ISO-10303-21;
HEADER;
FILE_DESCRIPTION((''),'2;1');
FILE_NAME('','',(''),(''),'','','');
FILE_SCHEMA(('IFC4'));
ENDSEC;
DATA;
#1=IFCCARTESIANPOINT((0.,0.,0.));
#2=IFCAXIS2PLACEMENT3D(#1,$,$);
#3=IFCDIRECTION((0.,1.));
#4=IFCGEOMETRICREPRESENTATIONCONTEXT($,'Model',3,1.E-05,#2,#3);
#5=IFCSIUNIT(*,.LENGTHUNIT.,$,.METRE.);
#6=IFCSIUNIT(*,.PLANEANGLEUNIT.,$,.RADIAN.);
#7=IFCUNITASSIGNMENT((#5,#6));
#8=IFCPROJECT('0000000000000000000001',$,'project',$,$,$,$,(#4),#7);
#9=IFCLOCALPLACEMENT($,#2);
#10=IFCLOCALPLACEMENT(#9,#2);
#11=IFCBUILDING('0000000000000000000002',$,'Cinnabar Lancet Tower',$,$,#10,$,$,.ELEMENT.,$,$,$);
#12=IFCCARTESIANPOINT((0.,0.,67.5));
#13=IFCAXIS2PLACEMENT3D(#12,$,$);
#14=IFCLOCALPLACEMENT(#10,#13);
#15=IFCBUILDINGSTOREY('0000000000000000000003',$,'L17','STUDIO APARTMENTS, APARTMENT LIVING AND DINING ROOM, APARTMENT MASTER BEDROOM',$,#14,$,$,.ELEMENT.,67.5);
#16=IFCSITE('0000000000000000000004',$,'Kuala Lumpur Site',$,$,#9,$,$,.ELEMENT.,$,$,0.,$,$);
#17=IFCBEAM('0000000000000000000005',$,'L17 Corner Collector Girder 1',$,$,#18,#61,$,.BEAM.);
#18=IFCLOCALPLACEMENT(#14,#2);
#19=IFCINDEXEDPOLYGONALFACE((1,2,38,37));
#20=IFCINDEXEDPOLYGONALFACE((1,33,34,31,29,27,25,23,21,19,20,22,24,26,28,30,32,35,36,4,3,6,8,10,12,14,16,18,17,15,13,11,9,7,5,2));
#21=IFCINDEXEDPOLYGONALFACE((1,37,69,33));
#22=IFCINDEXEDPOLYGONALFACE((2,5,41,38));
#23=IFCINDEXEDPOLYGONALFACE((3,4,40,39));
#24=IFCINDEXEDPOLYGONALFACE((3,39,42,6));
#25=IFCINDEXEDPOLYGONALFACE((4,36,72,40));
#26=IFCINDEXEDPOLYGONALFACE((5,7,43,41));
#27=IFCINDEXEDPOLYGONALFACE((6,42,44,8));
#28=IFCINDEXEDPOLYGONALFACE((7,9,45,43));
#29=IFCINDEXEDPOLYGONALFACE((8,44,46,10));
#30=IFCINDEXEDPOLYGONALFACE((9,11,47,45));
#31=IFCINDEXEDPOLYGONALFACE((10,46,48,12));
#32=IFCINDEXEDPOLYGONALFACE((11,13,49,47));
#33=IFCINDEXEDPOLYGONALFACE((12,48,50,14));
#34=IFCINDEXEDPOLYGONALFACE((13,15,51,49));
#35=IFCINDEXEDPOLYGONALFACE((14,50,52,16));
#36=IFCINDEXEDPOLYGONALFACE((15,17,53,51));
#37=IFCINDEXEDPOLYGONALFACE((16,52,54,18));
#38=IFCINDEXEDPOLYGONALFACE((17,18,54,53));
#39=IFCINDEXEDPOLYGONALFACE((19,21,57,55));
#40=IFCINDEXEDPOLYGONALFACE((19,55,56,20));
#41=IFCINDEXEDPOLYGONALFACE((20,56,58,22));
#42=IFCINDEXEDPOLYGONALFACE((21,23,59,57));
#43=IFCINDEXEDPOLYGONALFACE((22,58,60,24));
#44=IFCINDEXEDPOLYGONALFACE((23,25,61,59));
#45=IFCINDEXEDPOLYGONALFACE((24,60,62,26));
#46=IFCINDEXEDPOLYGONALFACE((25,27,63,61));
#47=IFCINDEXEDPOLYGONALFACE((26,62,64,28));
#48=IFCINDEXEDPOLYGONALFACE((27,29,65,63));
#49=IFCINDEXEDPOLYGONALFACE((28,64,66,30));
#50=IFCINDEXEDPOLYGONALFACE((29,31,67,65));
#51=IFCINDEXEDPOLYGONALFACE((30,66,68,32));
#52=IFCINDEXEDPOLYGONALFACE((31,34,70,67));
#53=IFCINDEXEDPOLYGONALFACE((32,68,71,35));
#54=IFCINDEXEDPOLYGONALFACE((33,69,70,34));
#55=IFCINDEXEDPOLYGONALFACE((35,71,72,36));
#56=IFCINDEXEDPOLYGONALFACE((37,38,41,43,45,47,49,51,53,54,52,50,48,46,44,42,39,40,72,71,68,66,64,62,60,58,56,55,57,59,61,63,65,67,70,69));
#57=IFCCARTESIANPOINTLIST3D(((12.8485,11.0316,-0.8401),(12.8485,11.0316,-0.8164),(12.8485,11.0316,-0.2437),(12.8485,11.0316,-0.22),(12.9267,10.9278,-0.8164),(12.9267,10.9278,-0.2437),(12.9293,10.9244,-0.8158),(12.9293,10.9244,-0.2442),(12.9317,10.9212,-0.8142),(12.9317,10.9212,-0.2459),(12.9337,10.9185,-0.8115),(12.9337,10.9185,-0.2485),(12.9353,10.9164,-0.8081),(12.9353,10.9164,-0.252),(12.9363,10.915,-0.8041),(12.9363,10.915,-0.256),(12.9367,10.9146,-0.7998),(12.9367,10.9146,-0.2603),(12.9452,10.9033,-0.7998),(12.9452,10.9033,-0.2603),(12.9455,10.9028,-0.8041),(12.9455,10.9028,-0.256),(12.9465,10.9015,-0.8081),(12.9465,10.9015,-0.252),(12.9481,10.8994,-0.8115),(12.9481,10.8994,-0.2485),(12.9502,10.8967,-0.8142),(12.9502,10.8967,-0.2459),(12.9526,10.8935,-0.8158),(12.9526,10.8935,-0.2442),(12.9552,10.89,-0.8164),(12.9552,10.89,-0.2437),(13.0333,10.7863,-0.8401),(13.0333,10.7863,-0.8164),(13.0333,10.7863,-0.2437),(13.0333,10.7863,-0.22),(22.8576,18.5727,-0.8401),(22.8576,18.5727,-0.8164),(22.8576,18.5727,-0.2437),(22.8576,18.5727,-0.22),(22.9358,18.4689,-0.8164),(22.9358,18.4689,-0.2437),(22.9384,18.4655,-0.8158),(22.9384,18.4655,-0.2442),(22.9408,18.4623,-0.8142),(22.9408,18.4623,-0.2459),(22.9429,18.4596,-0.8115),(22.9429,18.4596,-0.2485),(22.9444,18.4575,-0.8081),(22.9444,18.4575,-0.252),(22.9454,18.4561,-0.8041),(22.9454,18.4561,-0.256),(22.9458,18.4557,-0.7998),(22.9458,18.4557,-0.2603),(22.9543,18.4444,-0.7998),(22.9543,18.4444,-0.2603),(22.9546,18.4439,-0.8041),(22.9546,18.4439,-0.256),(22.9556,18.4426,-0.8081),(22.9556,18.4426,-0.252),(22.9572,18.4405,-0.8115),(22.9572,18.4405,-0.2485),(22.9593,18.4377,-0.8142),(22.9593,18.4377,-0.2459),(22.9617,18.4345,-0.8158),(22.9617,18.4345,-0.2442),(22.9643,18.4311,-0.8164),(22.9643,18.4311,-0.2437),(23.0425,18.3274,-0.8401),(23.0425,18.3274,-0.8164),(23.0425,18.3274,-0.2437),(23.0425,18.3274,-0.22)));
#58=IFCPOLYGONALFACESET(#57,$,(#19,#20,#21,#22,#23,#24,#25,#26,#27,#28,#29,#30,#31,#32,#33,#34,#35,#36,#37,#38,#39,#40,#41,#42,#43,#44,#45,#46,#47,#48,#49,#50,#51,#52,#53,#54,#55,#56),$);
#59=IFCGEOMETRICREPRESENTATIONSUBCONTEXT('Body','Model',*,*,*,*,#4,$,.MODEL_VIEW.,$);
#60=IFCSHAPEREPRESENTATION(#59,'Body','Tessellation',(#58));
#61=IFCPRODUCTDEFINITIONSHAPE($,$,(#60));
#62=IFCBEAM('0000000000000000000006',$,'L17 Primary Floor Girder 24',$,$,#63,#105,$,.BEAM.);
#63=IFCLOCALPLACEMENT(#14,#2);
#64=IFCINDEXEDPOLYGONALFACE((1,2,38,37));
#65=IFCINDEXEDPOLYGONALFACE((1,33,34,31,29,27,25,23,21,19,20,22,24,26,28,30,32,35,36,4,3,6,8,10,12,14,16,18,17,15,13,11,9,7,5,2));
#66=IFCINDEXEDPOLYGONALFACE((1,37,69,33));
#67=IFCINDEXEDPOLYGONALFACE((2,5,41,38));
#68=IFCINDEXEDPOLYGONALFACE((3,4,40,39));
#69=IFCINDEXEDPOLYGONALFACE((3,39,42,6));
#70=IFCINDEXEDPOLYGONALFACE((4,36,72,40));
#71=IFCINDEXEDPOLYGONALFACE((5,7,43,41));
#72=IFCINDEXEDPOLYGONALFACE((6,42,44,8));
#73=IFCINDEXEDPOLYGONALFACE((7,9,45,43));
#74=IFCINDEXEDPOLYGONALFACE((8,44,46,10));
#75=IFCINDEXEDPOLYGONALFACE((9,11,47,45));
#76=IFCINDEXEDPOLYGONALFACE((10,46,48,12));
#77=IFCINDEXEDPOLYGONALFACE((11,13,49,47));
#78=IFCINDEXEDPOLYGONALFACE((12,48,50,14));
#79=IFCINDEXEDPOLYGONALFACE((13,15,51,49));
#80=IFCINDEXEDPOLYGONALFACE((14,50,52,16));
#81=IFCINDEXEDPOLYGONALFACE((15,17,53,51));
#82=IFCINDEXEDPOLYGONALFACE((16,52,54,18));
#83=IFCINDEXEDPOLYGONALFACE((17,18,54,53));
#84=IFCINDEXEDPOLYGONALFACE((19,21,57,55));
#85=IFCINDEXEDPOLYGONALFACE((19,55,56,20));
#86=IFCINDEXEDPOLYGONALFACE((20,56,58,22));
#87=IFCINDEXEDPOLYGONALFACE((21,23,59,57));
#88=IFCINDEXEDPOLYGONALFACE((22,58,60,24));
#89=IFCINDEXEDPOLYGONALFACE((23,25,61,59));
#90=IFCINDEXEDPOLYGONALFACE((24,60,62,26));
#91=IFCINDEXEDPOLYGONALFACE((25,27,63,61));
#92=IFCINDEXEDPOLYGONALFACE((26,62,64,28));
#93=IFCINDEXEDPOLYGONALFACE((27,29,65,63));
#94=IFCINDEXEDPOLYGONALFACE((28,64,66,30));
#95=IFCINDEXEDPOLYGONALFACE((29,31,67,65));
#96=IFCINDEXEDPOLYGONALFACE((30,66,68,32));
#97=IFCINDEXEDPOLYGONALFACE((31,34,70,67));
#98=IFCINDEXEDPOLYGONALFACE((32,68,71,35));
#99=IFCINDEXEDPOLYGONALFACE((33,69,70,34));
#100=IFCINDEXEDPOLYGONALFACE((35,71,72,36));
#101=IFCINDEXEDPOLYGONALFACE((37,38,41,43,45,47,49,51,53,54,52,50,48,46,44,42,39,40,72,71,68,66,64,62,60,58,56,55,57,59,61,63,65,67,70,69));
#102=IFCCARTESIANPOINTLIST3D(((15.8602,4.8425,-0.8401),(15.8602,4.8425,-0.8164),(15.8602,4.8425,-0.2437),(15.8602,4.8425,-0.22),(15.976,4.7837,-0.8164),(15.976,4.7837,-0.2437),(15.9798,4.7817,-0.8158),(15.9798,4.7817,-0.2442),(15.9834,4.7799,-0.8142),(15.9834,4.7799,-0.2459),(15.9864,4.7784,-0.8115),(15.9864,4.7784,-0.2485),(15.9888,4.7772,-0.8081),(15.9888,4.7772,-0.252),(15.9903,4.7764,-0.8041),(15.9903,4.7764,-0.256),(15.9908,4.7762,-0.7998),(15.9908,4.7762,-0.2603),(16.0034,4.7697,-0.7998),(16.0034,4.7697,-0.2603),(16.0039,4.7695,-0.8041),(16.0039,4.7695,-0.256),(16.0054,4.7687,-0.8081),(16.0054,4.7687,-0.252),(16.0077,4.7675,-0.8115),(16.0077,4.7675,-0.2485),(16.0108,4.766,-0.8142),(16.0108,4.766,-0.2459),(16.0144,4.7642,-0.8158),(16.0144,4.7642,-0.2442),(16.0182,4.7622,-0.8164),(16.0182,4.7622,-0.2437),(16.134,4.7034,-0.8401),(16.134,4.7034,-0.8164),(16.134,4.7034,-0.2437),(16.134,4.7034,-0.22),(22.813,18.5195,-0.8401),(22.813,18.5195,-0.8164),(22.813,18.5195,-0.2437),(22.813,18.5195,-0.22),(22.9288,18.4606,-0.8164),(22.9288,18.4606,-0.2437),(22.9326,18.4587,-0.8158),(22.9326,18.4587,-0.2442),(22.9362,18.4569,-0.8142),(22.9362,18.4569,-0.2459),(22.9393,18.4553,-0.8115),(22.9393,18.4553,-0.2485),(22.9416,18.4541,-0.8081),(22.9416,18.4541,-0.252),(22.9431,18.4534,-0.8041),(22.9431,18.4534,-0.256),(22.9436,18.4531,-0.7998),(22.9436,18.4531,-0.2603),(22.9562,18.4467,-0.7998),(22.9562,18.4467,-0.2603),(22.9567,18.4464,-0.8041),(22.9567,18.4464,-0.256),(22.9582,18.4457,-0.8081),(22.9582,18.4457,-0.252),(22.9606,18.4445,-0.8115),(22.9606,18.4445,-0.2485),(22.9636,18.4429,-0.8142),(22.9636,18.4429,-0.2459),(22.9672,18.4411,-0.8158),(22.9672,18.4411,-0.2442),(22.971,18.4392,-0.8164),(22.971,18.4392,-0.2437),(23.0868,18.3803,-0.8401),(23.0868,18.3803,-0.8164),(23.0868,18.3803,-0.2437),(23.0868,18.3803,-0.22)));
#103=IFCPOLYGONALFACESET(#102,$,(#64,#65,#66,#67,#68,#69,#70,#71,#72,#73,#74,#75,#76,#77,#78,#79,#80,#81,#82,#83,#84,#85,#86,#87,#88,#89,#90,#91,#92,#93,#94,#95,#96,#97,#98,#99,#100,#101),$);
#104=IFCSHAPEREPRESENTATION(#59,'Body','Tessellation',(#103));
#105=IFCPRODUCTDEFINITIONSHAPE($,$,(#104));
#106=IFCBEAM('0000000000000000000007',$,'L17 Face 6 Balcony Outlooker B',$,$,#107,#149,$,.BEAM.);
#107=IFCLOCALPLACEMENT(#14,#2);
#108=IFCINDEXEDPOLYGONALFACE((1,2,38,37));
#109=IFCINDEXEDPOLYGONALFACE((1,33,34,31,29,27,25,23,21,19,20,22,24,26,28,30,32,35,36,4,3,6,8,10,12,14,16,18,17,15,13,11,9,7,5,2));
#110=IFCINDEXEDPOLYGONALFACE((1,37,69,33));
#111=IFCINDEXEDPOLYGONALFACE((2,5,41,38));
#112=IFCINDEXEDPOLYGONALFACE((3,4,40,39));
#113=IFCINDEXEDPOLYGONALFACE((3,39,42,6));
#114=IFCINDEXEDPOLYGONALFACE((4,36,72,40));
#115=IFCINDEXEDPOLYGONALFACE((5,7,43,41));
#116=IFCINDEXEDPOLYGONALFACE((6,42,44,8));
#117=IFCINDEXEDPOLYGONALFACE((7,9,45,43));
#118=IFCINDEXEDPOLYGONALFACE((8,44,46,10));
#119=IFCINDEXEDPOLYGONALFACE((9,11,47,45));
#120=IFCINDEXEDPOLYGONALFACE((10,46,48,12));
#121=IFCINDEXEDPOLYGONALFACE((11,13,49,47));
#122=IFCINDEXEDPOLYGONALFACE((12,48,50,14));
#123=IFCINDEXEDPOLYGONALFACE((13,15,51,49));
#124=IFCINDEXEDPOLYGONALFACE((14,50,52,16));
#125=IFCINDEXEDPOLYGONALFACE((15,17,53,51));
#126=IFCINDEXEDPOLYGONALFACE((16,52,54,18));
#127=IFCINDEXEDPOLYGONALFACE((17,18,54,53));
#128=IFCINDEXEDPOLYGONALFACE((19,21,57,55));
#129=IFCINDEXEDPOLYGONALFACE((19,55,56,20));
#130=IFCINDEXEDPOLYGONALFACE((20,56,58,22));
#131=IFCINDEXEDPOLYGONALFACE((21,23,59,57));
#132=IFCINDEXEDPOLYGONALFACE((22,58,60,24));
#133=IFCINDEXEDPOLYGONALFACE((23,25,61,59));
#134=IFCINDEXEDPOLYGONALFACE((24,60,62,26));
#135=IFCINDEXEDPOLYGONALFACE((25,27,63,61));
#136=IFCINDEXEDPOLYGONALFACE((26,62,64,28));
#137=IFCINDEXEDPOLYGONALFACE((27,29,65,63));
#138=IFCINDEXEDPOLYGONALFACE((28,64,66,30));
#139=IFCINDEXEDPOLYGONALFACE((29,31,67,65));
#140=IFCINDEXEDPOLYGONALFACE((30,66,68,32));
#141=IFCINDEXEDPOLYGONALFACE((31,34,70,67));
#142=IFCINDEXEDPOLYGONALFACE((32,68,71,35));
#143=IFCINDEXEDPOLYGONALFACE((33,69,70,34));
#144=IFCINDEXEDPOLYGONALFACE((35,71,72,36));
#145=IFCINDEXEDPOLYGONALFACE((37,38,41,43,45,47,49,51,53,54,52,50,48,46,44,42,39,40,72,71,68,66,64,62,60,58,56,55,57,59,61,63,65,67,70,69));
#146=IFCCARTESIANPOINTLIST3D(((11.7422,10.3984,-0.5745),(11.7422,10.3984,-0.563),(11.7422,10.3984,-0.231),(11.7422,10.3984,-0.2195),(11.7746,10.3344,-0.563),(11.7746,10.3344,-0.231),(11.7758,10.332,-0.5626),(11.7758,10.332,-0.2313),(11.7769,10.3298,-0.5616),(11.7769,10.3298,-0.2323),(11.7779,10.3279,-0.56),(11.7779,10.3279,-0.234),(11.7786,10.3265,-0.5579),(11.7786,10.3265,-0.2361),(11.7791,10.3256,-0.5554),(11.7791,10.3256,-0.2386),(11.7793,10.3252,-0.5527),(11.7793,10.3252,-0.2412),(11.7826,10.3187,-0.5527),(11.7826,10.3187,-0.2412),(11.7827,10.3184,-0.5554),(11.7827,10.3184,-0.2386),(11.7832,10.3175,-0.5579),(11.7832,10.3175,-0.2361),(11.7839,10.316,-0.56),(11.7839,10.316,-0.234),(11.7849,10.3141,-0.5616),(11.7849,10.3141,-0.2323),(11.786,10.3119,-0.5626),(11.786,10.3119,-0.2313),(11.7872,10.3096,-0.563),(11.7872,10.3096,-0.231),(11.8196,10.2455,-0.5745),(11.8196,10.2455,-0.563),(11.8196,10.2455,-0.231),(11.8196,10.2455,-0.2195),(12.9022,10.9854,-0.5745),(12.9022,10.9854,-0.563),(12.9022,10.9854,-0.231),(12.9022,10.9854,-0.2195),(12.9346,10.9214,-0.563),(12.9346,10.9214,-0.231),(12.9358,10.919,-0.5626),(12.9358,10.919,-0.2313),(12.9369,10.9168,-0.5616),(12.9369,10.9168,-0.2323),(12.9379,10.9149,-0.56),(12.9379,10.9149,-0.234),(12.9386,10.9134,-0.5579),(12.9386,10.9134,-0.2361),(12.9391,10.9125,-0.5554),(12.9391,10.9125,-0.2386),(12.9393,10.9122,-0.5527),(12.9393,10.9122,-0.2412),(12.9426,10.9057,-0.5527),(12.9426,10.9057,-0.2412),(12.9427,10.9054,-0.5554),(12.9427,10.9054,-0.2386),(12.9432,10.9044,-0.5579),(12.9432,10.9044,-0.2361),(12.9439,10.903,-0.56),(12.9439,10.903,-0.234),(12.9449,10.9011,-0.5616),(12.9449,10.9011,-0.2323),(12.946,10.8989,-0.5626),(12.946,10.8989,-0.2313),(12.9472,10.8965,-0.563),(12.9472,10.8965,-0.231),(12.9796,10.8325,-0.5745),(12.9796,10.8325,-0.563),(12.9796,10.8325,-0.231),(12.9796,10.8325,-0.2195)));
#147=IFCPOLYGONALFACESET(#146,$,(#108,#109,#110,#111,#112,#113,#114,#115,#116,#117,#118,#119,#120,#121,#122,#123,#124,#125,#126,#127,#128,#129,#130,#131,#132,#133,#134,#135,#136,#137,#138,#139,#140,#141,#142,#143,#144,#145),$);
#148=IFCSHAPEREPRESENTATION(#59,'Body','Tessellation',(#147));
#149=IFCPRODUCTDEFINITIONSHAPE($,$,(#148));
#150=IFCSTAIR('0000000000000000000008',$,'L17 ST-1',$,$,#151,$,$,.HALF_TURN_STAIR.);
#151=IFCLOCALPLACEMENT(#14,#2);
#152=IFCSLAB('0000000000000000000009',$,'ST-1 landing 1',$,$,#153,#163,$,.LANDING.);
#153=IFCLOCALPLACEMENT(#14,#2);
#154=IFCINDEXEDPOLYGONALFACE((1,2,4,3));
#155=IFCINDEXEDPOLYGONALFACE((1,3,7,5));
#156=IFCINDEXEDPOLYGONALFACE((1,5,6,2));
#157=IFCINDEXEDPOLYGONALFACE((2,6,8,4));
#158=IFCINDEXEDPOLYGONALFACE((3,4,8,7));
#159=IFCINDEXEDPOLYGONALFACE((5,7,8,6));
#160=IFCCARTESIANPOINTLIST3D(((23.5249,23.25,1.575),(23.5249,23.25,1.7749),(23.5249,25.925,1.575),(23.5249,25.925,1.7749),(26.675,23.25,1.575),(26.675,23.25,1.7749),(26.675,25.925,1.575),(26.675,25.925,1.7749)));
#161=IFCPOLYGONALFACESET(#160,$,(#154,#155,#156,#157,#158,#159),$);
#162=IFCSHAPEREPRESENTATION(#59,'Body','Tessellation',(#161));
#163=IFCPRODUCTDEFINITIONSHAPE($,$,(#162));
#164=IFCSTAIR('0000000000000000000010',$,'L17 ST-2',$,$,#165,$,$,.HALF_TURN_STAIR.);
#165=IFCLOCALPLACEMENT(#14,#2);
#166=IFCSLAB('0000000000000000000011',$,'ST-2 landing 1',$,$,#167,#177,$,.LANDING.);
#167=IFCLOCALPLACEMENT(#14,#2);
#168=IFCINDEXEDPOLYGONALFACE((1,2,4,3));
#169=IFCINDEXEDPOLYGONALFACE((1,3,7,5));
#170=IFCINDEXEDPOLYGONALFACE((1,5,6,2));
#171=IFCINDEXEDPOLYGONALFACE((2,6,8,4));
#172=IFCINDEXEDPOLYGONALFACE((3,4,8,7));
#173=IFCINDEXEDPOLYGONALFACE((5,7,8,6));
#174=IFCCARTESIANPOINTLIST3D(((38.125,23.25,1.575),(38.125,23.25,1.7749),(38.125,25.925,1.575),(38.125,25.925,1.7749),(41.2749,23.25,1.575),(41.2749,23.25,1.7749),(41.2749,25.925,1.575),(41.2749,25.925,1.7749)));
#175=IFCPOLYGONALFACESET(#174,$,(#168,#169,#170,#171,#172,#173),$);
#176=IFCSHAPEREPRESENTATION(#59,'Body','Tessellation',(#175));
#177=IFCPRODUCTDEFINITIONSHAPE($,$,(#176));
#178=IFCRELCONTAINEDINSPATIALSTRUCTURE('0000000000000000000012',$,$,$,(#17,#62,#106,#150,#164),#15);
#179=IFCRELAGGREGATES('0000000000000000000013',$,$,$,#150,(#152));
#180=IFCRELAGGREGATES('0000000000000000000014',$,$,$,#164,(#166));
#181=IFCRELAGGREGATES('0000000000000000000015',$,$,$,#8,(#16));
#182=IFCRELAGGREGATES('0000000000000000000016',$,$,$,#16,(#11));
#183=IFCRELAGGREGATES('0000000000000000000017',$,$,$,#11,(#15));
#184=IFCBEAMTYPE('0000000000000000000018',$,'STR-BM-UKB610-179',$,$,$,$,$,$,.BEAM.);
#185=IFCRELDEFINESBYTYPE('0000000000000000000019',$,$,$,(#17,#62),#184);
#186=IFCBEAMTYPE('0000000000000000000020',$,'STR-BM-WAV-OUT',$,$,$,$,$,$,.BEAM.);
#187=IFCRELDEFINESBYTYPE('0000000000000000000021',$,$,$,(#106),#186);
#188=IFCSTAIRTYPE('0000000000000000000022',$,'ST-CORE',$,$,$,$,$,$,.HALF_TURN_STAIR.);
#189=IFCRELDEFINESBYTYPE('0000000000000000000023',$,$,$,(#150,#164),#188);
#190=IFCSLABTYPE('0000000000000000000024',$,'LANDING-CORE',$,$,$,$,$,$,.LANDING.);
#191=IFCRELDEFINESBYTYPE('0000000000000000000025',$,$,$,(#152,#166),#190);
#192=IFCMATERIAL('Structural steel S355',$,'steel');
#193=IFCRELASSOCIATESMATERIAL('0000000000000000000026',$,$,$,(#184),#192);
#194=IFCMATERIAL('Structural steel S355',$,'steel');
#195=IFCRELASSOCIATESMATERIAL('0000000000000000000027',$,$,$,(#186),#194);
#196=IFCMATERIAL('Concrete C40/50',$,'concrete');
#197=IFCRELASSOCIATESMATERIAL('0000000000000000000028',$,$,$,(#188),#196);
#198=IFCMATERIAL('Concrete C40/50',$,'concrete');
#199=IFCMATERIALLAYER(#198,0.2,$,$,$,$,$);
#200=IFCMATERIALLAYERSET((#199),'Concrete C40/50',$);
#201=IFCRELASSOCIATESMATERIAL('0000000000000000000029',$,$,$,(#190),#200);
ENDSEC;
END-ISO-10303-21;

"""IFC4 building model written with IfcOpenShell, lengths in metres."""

from ifc_helpers import new_model, si_unit, direction, frame, origin, origin_2d, place, context, subcontext, project, spatial, polyline, i_section, outline, extrude, material, layer, layer_set, material_profile, profile_set, type_object, element, aggregate, save


model = new_model("IFC4")

# Units and contexts
model_context = context("Model", 3, precision=1e-05, world=origin(), true_north=direction((0.0, 1.0)))
body_context = subcontext(model_context, "Body", "Model", "MODEL_VIEW")
ifc_project = project(units=[si_unit("LENGTHUNIT", "METRE"), si_unit("PLANEANGLEUNIT", "RADIAN")], contexts=[model_context])

# Site, building, storey
site_placement = place(None, origin())
site = spatial("IfcSite", under=ifc_project, at=site_placement, Name="Kuala Lumpur Site", CompositionType="ELEMENT", RefElevation=0.0)
building_placement = place(site_placement, origin())
building = spatial("IfcBuilding", under=site, at=building_placement, Name="Cinnabar Lancet Tower", CompositionType="ELEMENT")
storey_placement = place(building_placement, frame((0.0, 0.0, 67.5)))
storey = spatial("IfcBuildingStorey", under=building, at=storey_placement, Name="L17", Description="STUDIO APARTMENTS, APARTMENT LIVING AND DINING ROOM, APARTMENT MASTER BEDROOM", CompositionType="ELEMENT", Elevation=67.5)

# Beams
ifc_material_1 = material(Name="Structural steel S355", Category="steel")
ifc_material_profile_1 = material_profile(ifc_material_1, i_section(OverallWidth=0.3071, OverallDepth=0.6201, WebThickness=0.0142, FlangeThickness=0.0237, FilletRadius=0.0166, at=origin_2d()), Name="UKB 610x305x179")
ifc_profile_set_1 = profile_set([ifc_material_profile_1], Name="Structural steel S355")
beam_type_1 = type_object("IfcBeamType", Name="STR-BM-UKB610-179", PredefinedType="BEAM", material=ifc_profile_set_1)
beam_1_placement = place(storey_placement, frame((12.9409, 10.9089, -0.53), z_axis=(0.798687, 0.601747, 0.0), x_axis=(-0.601747, 0.798687, 0.0)))
element("IfcBeam", 1, at=beam_1_placement, inside=storey, type_object=beam_type_1, Name="L17 Corner Collector Girder 1", PredefinedType="BEAM", context=body_context, shape_type="SweptSolid", body=[
    extrude(i_section(OverallWidth=0.3071, OverallDepth=0.6201, WebThickness=0.0142, FlangeThickness=0.0237, FilletRadius=0.0166, at=origin_2d()), origin(), (0.0, 0.0, 1.0), 12.532),
])
beam_2_placement = place(storey_placement, frame((15.9971, 4.7729, -0.53), z_axis=(0.453168, 0.891425, 0.0), x_axis=(-0.891425, 0.453168, 0.0)))
element("IfcBeam", 2, at=beam_2_placement, inside=storey, type_object=beam_type_1, Name="L17 Primary Floor Girder 24", PredefinedType="BEAM", context=body_context, shape_type="SweptSolid", body=[
    extrude(i_section(OverallWidth=0.3071, OverallDepth=0.6201, WebThickness=0.0142, FlangeThickness=0.0237, FilletRadius=0.0166, at=origin_2d()), origin(), (0.0, 0.0, 1.0), 15.3428),
])
ifc_material_2 = material(Name="Structural steel S355", Category="steel")
ifc_material_profile_2 = material_profile(ifc_material_2, i_section(OverallWidth=0.1714, OverallDepth=0.355, WebThickness=0.0073, FlangeThickness=0.0115, FilletRadius=0.0103, at=origin_2d()), Name="UKB 356x171x51")
ifc_profile_set_2 = profile_set([ifc_material_profile_2], Name="Structural steel S355")
beam_type_2 = type_object("IfcBeamType", Name="STR-BM-WAV-OUT", PredefinedType="BEAM", material=ifc_profile_set_2)
beam_3_placement = place(storey_placement, frame((12.9409, 10.9089, -0.397), z_axis=(-0.892276, -0.45149, 0.0), x_axis=(0.45149, -0.892276, 0.0)))
element("IfcBeam", 3, at=beam_3_placement, inside=storey, type_object=beam_type_2, Name="L17 Face 6 Balcony Outlooker B", PredefinedType="BEAM", context=body_context, shape_type="SweptSolid", body=[
    extrude(i_section(OverallWidth=0.1714, OverallDepth=0.355, WebThickness=0.0073, FlangeThickness=0.0115, FilletRadius=0.0103, at=origin_2d()), origin(), (0.0, 0.0, 1.0), 1.3),
])

# Stairs, slabs
ifc_material_3 = material(Name="Concrete C40/50", Category="concrete")
stair_type = type_object("IfcStairType", Name="ST-CORE", PredefinedType="HALF_TURN_STAIR", material=ifc_material_3)
stair_1_placement = place(storey_placement, origin())
stair_1 = element("IfcStair", 4, at=stair_1_placement, inside=storey, type_object=stair_type, Name="L17 ST-1", PredefinedType="HALF_TURN_STAIR")
ifc_material_4 = material(Name="Concrete C40/50", Category="concrete")
ifc_layer_1 = layer(ifc_material_4, 0.2)
ifc_layer_set_1 = layer_set([ifc_layer_1], Name="Concrete C40/50")
slab_type_1 = type_object("IfcSlabType", Name="LANDING-CORE", PredefinedType="LANDING", material=ifc_layer_set_1)
slab_1_placement = place(storey_placement, frame((0.0, 0.0, 1.575)))
slab_1 = element("IfcSlab", 5, at=slab_1_placement, type_object=slab_type_1, Name="ST-1 landing 1", PredefinedType="LANDING", context=body_context, shape_type="SweptSolid", body=[
    extrude(outline(polyline([(23.5249, 25.925), (23.5249, 23.25), (26.675, 23.25), (26.675, 25.925), (23.5249, 25.925)])), origin(), (0.0, 0.0, 1.0), 0.2),
])
aggregate(stair_1, [slab_1])
stair_2_placement = place(storey_placement, origin())
stair_2 = element("IfcStair", 6, at=stair_2_placement, inside=storey, type_object=stair_type, Name="L17 ST-2", PredefinedType="HALF_TURN_STAIR")
slab_2_placement = place(storey_placement, frame((0.0, 0.0, 1.575)))
slab_2 = element("IfcSlab", 7, at=slab_2_placement, type_object=slab_type_1, Name="ST-2 landing 1", PredefinedType="LANDING", context=body_context, shape_type="SweptSolid", body=[
    extrude(outline(polyline([(38.125, 25.925), (38.125, 23.25), (41.2749, 23.25), (41.2749, 25.925), (38.125, 25.925)])), origin(), (0.0, 0.0, 1.0), 0.2),
])
aggregate(stair_2, [slab_2])

save(model, "model.ifc")
